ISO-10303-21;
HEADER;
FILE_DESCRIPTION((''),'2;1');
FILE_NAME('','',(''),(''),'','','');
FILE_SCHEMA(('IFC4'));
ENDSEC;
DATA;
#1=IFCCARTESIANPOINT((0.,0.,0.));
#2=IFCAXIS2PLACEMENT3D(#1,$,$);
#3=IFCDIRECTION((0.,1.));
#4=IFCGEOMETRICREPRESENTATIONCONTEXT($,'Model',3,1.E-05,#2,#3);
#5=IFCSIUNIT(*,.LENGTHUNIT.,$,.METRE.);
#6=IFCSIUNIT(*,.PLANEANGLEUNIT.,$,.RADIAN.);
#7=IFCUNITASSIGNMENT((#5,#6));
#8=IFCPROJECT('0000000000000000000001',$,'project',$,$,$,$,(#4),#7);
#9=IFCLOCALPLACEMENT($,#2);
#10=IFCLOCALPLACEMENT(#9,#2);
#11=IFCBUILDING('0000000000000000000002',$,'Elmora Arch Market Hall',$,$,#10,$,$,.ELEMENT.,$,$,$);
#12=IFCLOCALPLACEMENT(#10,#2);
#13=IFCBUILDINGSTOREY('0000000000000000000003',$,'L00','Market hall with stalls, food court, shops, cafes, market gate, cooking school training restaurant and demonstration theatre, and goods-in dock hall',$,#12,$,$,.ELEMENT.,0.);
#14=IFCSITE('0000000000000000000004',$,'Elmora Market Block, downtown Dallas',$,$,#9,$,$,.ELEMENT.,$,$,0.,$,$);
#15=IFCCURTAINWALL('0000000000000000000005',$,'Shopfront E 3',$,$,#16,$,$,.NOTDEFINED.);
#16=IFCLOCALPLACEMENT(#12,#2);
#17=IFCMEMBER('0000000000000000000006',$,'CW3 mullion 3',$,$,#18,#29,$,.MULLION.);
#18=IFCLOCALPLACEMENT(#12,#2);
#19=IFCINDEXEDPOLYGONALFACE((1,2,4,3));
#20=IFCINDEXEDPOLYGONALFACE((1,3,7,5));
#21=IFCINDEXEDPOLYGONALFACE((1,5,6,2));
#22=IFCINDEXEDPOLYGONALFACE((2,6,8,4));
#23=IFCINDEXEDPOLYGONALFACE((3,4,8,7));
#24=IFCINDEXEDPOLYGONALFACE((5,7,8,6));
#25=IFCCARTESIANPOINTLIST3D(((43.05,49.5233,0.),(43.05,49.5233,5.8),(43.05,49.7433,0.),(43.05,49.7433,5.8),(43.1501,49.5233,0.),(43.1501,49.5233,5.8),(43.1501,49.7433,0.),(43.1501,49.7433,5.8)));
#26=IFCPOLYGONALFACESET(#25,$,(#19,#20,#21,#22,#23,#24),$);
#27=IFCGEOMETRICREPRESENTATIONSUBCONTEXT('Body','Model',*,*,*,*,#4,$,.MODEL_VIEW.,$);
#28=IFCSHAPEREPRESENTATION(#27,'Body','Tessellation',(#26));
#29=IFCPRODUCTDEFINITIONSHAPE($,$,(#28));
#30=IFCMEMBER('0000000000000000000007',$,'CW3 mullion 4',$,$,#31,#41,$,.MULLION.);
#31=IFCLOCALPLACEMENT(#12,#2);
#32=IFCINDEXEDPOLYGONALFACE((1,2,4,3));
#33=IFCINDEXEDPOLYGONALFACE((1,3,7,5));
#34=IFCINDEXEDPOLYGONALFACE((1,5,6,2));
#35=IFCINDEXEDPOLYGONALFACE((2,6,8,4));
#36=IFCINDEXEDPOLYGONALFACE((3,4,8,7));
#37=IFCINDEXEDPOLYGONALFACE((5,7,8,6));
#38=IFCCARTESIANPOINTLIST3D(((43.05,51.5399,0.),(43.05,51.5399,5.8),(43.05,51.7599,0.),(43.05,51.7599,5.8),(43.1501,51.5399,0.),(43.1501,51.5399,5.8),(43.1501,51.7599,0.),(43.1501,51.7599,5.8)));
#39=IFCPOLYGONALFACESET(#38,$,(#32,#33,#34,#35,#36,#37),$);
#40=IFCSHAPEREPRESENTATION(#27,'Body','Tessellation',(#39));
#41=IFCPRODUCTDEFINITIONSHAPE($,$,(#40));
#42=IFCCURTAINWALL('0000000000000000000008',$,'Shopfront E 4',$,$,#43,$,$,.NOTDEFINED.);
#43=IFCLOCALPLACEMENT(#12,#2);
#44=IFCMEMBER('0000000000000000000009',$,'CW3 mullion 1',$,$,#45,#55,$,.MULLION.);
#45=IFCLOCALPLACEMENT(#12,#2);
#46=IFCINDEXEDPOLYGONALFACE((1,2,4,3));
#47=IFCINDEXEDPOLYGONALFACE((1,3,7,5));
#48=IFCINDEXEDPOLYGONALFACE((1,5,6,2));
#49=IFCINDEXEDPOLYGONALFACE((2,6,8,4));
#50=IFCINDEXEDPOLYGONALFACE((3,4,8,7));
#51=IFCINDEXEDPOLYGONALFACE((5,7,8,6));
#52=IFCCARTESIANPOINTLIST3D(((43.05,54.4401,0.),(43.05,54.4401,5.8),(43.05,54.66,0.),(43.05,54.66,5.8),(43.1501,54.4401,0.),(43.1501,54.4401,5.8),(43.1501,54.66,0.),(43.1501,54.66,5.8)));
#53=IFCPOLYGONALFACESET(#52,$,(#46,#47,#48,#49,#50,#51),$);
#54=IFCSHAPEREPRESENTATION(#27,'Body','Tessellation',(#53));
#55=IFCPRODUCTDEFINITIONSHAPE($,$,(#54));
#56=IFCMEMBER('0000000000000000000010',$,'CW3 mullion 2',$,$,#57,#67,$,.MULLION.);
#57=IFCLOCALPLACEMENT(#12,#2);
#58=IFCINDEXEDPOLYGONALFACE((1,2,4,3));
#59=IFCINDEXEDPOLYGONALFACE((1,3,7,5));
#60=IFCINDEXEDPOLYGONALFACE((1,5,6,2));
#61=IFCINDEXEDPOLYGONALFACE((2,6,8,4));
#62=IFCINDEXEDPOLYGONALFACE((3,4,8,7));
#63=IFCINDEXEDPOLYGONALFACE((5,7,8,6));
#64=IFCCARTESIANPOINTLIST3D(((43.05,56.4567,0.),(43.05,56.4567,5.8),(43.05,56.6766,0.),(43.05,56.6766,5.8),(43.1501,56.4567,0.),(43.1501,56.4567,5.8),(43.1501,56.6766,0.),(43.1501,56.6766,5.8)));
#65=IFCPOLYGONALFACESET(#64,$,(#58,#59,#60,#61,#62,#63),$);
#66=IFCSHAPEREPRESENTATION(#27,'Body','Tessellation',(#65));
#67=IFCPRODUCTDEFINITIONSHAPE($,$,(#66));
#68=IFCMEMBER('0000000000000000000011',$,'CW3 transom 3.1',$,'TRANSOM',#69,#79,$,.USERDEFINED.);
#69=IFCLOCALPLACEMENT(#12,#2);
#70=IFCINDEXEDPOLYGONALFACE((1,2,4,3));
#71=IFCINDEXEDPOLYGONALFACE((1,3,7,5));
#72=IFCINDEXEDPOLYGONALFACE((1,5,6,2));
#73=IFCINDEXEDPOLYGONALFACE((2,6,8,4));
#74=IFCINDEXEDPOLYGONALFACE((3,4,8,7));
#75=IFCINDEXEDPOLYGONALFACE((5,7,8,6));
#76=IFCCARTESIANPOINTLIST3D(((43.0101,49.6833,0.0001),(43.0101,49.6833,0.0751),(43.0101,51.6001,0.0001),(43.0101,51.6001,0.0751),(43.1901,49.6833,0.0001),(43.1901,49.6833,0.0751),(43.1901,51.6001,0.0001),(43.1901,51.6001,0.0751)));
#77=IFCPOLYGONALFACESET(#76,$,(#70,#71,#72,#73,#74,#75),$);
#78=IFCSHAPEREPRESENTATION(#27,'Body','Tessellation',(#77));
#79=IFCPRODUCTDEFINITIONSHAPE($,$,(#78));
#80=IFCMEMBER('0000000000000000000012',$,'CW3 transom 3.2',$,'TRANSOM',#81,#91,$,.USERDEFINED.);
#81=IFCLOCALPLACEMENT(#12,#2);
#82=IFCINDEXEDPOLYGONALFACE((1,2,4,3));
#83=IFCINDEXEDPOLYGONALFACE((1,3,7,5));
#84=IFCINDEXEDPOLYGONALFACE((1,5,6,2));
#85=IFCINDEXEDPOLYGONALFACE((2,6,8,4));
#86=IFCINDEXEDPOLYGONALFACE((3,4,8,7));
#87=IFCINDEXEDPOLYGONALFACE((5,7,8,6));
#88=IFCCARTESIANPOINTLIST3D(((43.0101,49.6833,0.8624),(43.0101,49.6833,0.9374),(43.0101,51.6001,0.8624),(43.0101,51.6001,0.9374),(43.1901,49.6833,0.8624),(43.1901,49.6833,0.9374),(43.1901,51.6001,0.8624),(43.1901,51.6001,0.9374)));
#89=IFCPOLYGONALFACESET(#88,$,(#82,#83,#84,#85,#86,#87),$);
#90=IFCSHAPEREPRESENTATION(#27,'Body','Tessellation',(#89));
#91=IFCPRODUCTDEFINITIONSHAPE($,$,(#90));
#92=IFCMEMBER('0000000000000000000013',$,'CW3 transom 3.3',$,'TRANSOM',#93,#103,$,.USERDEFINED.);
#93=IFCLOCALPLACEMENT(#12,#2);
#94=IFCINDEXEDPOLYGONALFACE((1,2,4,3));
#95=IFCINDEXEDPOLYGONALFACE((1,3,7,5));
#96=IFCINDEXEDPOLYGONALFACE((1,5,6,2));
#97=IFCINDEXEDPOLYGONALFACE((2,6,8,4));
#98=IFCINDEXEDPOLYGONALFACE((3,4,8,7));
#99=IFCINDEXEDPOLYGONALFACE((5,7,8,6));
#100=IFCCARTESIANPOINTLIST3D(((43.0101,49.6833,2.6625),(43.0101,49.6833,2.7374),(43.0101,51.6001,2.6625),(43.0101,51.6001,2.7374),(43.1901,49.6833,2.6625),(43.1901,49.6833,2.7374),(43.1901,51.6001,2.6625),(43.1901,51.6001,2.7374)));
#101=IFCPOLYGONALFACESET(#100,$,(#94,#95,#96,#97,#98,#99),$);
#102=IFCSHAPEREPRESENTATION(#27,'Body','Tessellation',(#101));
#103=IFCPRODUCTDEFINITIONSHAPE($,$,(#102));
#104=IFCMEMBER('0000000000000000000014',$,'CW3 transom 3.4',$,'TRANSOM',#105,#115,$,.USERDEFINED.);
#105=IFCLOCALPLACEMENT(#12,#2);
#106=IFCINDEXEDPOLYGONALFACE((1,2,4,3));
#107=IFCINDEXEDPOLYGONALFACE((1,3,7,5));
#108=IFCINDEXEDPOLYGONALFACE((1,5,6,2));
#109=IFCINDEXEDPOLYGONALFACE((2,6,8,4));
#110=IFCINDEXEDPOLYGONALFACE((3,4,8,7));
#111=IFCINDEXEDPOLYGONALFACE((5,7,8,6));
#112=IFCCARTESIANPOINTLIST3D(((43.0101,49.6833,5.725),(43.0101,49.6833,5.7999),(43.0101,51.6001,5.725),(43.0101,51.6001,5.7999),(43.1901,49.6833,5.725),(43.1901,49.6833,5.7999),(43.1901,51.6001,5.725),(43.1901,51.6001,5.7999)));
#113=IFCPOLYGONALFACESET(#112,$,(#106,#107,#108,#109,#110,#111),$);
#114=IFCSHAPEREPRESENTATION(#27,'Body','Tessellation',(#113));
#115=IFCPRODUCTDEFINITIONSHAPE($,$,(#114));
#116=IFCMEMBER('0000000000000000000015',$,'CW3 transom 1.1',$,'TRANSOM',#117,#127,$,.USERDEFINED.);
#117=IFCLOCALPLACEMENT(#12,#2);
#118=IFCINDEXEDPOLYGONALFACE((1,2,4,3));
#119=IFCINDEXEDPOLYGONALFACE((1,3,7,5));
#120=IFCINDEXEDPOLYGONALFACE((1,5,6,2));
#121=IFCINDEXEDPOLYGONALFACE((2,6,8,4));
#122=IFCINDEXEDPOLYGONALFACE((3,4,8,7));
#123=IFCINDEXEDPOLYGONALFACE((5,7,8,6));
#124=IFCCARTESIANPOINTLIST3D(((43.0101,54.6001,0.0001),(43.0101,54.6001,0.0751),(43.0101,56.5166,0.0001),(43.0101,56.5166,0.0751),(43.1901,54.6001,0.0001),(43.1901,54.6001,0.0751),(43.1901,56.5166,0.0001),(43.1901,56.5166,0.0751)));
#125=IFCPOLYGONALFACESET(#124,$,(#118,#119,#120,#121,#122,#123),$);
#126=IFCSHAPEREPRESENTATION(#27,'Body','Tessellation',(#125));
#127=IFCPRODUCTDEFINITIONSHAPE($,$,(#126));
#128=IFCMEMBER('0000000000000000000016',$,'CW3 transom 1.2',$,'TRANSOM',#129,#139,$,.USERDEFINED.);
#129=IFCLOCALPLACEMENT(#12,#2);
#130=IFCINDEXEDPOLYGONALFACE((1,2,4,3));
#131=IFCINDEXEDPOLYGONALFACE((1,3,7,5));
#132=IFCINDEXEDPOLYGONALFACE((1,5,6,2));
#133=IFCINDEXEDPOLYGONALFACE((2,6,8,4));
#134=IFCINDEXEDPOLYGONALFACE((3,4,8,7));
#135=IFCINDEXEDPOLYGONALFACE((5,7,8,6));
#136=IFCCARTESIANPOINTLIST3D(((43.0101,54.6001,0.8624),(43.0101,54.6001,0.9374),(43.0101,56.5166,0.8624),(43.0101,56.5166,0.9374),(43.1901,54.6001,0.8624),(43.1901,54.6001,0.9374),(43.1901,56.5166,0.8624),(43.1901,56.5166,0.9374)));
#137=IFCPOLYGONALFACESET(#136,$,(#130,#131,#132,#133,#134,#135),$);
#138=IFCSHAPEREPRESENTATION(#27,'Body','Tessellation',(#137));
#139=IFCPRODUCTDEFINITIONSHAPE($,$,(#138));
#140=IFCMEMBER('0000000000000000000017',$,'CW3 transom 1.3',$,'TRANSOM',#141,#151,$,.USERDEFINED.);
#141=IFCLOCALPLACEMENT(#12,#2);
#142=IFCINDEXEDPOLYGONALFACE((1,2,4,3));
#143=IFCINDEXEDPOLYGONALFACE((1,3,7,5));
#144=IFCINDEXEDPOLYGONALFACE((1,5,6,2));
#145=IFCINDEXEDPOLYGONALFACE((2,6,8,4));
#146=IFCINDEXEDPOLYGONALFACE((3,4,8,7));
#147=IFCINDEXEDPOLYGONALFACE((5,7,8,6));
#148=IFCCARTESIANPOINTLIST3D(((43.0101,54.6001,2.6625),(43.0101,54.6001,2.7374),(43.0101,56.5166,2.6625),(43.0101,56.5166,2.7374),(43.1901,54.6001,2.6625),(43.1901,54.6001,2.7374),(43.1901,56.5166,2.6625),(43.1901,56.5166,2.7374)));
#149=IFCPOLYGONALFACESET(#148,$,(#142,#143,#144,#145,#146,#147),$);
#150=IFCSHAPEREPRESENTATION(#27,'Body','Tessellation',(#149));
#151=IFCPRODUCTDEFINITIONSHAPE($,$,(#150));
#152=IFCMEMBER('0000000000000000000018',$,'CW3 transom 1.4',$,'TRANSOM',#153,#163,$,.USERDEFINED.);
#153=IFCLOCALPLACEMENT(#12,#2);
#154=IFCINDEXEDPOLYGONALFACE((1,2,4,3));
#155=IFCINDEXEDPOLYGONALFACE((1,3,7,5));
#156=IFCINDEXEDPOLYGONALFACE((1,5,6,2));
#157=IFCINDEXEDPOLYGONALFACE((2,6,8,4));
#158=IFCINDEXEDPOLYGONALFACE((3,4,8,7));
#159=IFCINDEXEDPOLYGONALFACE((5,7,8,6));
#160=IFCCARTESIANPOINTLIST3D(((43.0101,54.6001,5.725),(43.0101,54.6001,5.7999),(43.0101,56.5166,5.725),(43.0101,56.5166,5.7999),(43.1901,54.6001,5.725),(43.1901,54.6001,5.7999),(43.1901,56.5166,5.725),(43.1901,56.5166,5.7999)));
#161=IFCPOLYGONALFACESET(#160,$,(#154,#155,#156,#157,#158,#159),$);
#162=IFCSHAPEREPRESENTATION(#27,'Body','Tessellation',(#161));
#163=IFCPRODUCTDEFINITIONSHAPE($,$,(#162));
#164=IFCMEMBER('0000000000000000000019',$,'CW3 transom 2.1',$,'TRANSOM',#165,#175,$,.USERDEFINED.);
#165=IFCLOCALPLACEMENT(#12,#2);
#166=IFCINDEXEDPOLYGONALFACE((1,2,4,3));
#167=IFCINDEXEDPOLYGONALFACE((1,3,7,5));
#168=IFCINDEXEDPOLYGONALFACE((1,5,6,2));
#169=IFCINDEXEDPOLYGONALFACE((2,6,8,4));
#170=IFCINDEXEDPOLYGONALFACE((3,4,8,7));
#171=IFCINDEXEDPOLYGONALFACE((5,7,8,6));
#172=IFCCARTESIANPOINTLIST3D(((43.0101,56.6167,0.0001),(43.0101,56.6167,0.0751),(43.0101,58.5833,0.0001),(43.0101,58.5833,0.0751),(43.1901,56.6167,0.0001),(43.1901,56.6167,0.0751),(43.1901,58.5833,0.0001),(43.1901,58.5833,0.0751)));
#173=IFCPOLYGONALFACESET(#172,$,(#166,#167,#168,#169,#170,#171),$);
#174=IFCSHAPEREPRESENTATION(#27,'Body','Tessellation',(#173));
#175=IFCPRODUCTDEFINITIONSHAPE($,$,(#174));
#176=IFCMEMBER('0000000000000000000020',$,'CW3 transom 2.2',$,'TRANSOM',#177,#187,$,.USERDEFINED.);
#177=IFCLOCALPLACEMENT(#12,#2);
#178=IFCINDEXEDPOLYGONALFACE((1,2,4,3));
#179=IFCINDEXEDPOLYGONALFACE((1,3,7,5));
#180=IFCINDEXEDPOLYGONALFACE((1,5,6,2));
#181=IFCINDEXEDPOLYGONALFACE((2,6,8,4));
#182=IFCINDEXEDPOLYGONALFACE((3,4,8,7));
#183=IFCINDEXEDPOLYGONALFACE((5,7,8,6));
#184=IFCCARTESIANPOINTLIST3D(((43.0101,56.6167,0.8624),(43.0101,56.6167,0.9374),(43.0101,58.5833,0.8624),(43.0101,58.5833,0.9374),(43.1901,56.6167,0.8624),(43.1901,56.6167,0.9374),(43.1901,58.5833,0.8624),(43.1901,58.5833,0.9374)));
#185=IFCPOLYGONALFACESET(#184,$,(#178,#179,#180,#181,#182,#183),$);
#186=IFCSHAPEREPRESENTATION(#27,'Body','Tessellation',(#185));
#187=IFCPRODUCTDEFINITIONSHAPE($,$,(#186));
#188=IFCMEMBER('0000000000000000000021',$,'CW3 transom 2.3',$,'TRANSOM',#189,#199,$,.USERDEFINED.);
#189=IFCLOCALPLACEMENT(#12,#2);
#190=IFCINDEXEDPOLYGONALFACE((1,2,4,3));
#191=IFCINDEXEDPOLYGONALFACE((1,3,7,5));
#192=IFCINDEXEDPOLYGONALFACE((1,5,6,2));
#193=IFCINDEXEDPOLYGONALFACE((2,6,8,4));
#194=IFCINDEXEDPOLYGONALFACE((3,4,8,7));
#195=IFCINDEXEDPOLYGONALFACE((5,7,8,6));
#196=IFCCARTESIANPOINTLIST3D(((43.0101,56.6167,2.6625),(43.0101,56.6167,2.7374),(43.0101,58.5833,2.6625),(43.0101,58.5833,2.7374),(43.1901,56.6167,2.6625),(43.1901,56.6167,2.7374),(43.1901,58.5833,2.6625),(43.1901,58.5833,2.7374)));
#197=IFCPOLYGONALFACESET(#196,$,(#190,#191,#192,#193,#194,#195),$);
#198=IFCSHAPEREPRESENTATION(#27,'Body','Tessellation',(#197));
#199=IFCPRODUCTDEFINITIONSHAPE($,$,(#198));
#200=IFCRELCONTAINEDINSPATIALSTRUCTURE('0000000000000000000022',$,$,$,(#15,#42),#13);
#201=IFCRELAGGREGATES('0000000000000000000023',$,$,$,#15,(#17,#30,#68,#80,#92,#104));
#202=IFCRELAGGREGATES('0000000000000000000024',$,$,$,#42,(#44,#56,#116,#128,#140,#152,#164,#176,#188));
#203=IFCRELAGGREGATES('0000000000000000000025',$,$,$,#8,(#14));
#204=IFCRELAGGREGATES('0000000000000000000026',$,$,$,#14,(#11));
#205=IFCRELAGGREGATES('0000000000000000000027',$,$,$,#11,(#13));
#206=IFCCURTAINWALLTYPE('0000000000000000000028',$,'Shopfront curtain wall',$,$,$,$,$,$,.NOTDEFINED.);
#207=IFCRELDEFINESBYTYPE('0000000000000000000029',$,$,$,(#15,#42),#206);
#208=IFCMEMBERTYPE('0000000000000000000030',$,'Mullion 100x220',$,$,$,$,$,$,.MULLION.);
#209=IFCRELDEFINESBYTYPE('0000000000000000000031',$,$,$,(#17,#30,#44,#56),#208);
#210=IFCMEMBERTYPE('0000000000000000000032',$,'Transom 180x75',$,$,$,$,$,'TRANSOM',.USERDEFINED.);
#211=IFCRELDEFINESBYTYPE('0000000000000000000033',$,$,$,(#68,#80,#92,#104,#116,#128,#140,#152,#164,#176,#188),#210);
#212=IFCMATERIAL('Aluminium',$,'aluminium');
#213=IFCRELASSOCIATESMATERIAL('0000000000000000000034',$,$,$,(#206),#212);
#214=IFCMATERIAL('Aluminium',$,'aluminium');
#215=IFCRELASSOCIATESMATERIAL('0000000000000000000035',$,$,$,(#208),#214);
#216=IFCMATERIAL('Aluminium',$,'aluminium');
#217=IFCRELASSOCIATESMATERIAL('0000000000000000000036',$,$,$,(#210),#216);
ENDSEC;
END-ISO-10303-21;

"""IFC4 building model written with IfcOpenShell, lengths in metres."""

from ifc_helpers import new_model, si_unit, direction, frame, origin, origin_2d, place, context, subcontext, project, spatial, rectangle, extrude, material, material_profile, profile_set, type_object, element, aggregate, save


model = new_model("IFC4")

# Units and contexts
model_context = context("Model", 3, precision=1e-05, world=origin(), true_north=direction((0.0, 1.0)))
body_context = subcontext(model_context, "Body", "Model", "MODEL_VIEW")
ifc_project = project(units=[si_unit("LENGTHUNIT", "METRE"), si_unit("PLANEANGLEUNIT", "RADIAN")], contexts=[model_context])

# Site, building, storey
site_placement = place(None, origin())
site = spatial("IfcSite", under=ifc_project, at=site_placement, Name="Elmora Market Block, downtown Dallas", CompositionType="ELEMENT", RefElevation=0.0)
building_placement = place(site_placement, origin())
building = spatial("IfcBuilding", under=site, at=building_placement, Name="Elmora Arch Market Hall", CompositionType="ELEMENT")
storey_placement = place(building_placement, origin())
storey = spatial("IfcBuildingStorey", under=building, at=storey_placement, Name="L00", Description="Market hall with stalls, food court, shops, cafes, market gate, cooking school training restaurant and demonstration theatre, and goods-in dock hall", CompositionType="ELEMENT", Elevation=0.0)

# Curtain walls, members
ifc_material_1 = material(Name="Aluminium", Category="aluminium")
curtain_wall_type = type_object("IfcCurtainWallType", Name="Shopfront curtain wall", PredefinedType="NOTDEFINED", material=ifc_material_1)
curtain_wall_1_placement = place(storey_placement, origin())
curtain_wall_1 = element("IfcCurtainWall", 1, at=curtain_wall_1_placement, inside=storey, type_object=curtain_wall_type, Name="Shopfront E 3", PredefinedType="NOTDEFINED")
ifc_material_2 = material(Name="Aluminium", Category="aluminium")
ifc_material_profile_1 = material_profile(ifc_material_2, rectangle(XDim=0.1001, YDim=0.22, at=origin_2d()), Name="AL 100x220")
ifc_profile_set_1 = profile_set([ifc_material_profile_1], Name="Aluminium")
member_type_1 = type_object("IfcMemberType", Name="Mullion 100x220", PredefinedType="MULLION", material=ifc_profile_set_1)
member_1_placement = place(storey_placement, frame((43.1001, 49.6333, 0.0), z_axis=(0.0, 0.0, 1.0), x_axis=(-1.0, 0.0, 0.0)))
member_1 = element("IfcMember", 2, at=member_1_placement, type_object=member_type_1, Name="CW3 mullion 3", PredefinedType="MULLION", context=body_context, shape_type="SweptSolid", body=[
    extrude(rectangle(XDim=0.1001, YDim=0.22, at=origin_2d()), origin(), (0.0, 0.0, 1.0), 5.8),
])
member_2_placement = place(storey_placement, frame((43.1001, 51.6499, 0.0), z_axis=(0.0, 0.0, 1.0), x_axis=(-1.0, 0.0, 0.0)))
member_2 = element("IfcMember", 3, at=member_2_placement, type_object=member_type_1, Name="CW3 mullion 4", PredefinedType="MULLION", context=body_context, shape_type="SweptSolid", body=[
    extrude(rectangle(XDim=0.1001, YDim=0.22, at=origin_2d()), origin(), (0.0, 0.0, 1.0), 5.8),
])
curtain_wall_2_placement = place(storey_placement, origin())
curtain_wall_2 = element("IfcCurtainWall", 4, at=curtain_wall_2_placement, inside=storey, type_object=curtain_wall_type, Name="Shopfront E 4", PredefinedType="NOTDEFINED")
member_3_placement = place(storey_placement, frame((43.1001, 54.55, 0.0), z_axis=(0.0, 0.0, 1.0), x_axis=(-1.0, 0.0, 0.0)))
member_3 = element("IfcMember", 5, at=member_3_placement, type_object=member_type_1, Name="CW3 mullion 1", PredefinedType="MULLION", context=body_context, shape_type="SweptSolid", body=[
    extrude(rectangle(XDim=0.1001, YDim=0.22, at=origin_2d()), origin(), (0.0, 0.0, 1.0), 5.8),
])
member_4_placement = place(storey_placement, frame((43.1001, 56.5667, 0.0), z_axis=(0.0, 0.0, 1.0), x_axis=(-1.0, 0.0, 0.0)))
member_4 = element("IfcMember", 6, at=member_4_placement, type_object=member_type_1, Name="CW3 mullion 2", PredefinedType="MULLION", context=body_context, shape_type="SweptSolid", body=[
    extrude(rectangle(XDim=0.1001, YDim=0.22, at=origin_2d()), origin(), (0.0, 0.0, 1.0), 5.8),
])

# Members
ifc_material_3 = material(Name="Aluminium", Category="aluminium")
ifc_material_profile_2 = material_profile(ifc_material_3, rectangle(XDim=0.1799, YDim=0.075, at=origin_2d()), Name="AL 180x75")
ifc_profile_set_2 = profile_set([ifc_material_profile_2], Name="Aluminium")
member_type_2 = type_object("IfcMemberType", Name="Transom 180x75", ElementType="TRANSOM", PredefinedType="USERDEFINED", material=ifc_profile_set_2)
member_5_placement = place(storey_placement, frame((43.1001, 49.6833, 0.0376), z_axis=(0.0, 1.0, 0.0), x_axis=(-1.0, 0.0, 0.0)))
member_5 = element("IfcMember", 7, at=member_5_placement, type_object=member_type_2, Name="CW3 transom 3.1", ObjectType="TRANSOM", PredefinedType="USERDEFINED", context=body_context, shape_type="SweptSolid", body=[
    extrude(rectangle(XDim=0.1799, YDim=0.075, at=origin_2d()), origin(), (0.0, 0.0, 1.0), 1.9167),
])
member_6_placement = place(storey_placement, frame((43.1001, 49.6833, 0.8999), z_axis=(0.0, 1.0, 0.0), x_axis=(-1.0, 0.0, 0.0)))
member_6 = element("IfcMember", 8, at=member_6_placement, type_object=member_type_2, Name="CW3 transom 3.2", ObjectType="TRANSOM", PredefinedType="USERDEFINED", context=body_context, shape_type="SweptSolid", body=[
    extrude(rectangle(XDim=0.1799, YDim=0.075, at=origin_2d()), origin(), (0.0, 0.0, 1.0), 1.9167),
])
member_7_placement = place(storey_placement, frame((43.1001, 49.6833, 2.7), z_axis=(0.0, 1.0, 0.0), x_axis=(-1.0, 0.0, 0.0)))
member_7 = element("IfcMember", 9, at=member_7_placement, type_object=member_type_2, Name="CW3 transom 3.3", ObjectType="TRANSOM", PredefinedType="USERDEFINED", context=body_context, shape_type="SweptSolid", body=[
    extrude(rectangle(XDim=0.1799, YDim=0.075, at=origin_2d()), origin(), (0.0, 0.0, 1.0), 1.9167),
])
member_8_placement = place(storey_placement, frame((43.1001, 49.6833, 5.7625), z_axis=(0.0, 1.0, 0.0), x_axis=(-1.0, 0.0, 0.0)))
member_8 = element("IfcMember", 10, at=member_8_placement, type_object=member_type_2, Name="CW3 transom 3.4", ObjectType="TRANSOM", PredefinedType="USERDEFINED", context=body_context, shape_type="SweptSolid", body=[
    extrude(rectangle(XDim=0.1799, YDim=0.075, at=origin_2d()), origin(), (0.0, 0.0, 1.0), 1.9167),
])
member_9_placement = place(storey_placement, frame((43.1001, 54.6001, 0.0376), z_axis=(0.0, 1.0, 0.0), x_axis=(-1.0, 0.0, 0.0)))
member_9 = element("IfcMember", 11, at=member_9_placement, type_object=member_type_2, Name="CW3 transom 1.1", ObjectType="TRANSOM", PredefinedType="USERDEFINED", context=body_context, shape_type="SweptSolid", body=[
    extrude(rectangle(XDim=0.1799, YDim=0.075, at=origin_2d()), origin(), (0.0, 0.0, 1.0), 1.9165),
])
member_10_placement = place(storey_placement, frame((43.1001, 54.6001, 0.8999), z_axis=(0.0, 1.0, 0.0), x_axis=(-1.0, 0.0, 0.0)))
member_10 = element("IfcMember", 12, at=member_10_placement, type_object=member_type_2, Name="CW3 transom 1.2", ObjectType="TRANSOM", PredefinedType="USERDEFINED", context=body_context, shape_type="SweptSolid", body=[
    extrude(rectangle(XDim=0.1799, YDim=0.075, at=origin_2d()), origin(), (0.0, 0.0, 1.0), 1.9165),
])
member_11_placement = place(storey_placement, frame((43.1001, 54.6001, 2.7), z_axis=(0.0, 1.0, 0.0), x_axis=(-1.0, 0.0, 0.0)))
member_11 = element("IfcMember", 13, at=member_11_placement, type_object=member_type_2, Name="CW3 transom 1.3", ObjectType="TRANSOM", PredefinedType="USERDEFINED", context=body_context, shape_type="SweptSolid", body=[
    extrude(rectangle(XDim=0.1799, YDim=0.075, at=origin_2d()), origin(), (0.0, 0.0, 1.0), 1.9165),
])
member_12_placement = place(storey_placement, frame((43.1001, 54.6001, 5.7625), z_axis=(0.0, 1.0, 0.0), x_axis=(-1.0, 0.0, 0.0)))
member_12 = element("IfcMember", 14, at=member_12_placement, type_object=member_type_2, Name="CW3 transom 1.4", ObjectType="TRANSOM", PredefinedType="USERDEFINED", context=body_context, shape_type="SweptSolid", body=[
    extrude(rectangle(XDim=0.1799, YDim=0.075, at=origin_2d()), origin(), (0.0, 0.0, 1.0), 1.9165),
])
member_13_placement = place(storey_placement, frame((43.1001, 56.6167, 0.0376), z_axis=(0.0, 1.0, 0.0), x_axis=(-1.0, 0.0, 0.0)))
member_13 = element("IfcMember", 15, at=member_13_placement, type_object=member_type_2, Name="CW3 transom 2.1", ObjectType="TRANSOM", PredefinedType="USERDEFINED", context=body_context, shape_type="SweptSolid", body=[
    extrude(rectangle(XDim=0.1799, YDim=0.075, at=origin_2d()), origin(), (0.0, 0.0, 1.0), 1.9666),
])
member_14_placement = place(storey_placement, frame((43.1001, 56.6167, 0.8999), z_axis=(0.0, 1.0, 0.0), x_axis=(-1.0, 0.0, 0.0)))
member_14 = element("IfcMember", 16, at=member_14_placement, type_object=member_type_2, Name="CW3 transom 2.2", ObjectType="TRANSOM", PredefinedType="USERDEFINED", context=body_context, shape_type="SweptSolid", body=[
    extrude(rectangle(XDim=0.1799, YDim=0.075, at=origin_2d()), origin(), (0.0, 0.0, 1.0), 1.9666),
])
member_15_placement = place(storey_placement, frame((43.1001, 56.6167, 2.7), z_axis=(0.0, 1.0, 0.0), x_axis=(-1.0, 0.0, 0.0)))
member_15 = element("IfcMember", 17, at=member_15_placement, type_object=member_type_2, Name="CW3 transom 2.3", ObjectType="TRANSOM", PredefinedType="USERDEFINED", context=body_context, shape_type="SweptSolid", body=[
    extrude(rectangle(XDim=0.1799, YDim=0.075, at=origin_2d()), origin(), (0.0, 0.0, 1.0), 1.9666),
])

aggregate(curtain_wall_1, [member_1, member_2, member_5, member_6, member_7, member_8])
aggregate(curtain_wall_2, [member_3, member_4, member_9, member_10, member_11, member_12, member_13, member_14, member_15])

save(model, "model.ifc")
